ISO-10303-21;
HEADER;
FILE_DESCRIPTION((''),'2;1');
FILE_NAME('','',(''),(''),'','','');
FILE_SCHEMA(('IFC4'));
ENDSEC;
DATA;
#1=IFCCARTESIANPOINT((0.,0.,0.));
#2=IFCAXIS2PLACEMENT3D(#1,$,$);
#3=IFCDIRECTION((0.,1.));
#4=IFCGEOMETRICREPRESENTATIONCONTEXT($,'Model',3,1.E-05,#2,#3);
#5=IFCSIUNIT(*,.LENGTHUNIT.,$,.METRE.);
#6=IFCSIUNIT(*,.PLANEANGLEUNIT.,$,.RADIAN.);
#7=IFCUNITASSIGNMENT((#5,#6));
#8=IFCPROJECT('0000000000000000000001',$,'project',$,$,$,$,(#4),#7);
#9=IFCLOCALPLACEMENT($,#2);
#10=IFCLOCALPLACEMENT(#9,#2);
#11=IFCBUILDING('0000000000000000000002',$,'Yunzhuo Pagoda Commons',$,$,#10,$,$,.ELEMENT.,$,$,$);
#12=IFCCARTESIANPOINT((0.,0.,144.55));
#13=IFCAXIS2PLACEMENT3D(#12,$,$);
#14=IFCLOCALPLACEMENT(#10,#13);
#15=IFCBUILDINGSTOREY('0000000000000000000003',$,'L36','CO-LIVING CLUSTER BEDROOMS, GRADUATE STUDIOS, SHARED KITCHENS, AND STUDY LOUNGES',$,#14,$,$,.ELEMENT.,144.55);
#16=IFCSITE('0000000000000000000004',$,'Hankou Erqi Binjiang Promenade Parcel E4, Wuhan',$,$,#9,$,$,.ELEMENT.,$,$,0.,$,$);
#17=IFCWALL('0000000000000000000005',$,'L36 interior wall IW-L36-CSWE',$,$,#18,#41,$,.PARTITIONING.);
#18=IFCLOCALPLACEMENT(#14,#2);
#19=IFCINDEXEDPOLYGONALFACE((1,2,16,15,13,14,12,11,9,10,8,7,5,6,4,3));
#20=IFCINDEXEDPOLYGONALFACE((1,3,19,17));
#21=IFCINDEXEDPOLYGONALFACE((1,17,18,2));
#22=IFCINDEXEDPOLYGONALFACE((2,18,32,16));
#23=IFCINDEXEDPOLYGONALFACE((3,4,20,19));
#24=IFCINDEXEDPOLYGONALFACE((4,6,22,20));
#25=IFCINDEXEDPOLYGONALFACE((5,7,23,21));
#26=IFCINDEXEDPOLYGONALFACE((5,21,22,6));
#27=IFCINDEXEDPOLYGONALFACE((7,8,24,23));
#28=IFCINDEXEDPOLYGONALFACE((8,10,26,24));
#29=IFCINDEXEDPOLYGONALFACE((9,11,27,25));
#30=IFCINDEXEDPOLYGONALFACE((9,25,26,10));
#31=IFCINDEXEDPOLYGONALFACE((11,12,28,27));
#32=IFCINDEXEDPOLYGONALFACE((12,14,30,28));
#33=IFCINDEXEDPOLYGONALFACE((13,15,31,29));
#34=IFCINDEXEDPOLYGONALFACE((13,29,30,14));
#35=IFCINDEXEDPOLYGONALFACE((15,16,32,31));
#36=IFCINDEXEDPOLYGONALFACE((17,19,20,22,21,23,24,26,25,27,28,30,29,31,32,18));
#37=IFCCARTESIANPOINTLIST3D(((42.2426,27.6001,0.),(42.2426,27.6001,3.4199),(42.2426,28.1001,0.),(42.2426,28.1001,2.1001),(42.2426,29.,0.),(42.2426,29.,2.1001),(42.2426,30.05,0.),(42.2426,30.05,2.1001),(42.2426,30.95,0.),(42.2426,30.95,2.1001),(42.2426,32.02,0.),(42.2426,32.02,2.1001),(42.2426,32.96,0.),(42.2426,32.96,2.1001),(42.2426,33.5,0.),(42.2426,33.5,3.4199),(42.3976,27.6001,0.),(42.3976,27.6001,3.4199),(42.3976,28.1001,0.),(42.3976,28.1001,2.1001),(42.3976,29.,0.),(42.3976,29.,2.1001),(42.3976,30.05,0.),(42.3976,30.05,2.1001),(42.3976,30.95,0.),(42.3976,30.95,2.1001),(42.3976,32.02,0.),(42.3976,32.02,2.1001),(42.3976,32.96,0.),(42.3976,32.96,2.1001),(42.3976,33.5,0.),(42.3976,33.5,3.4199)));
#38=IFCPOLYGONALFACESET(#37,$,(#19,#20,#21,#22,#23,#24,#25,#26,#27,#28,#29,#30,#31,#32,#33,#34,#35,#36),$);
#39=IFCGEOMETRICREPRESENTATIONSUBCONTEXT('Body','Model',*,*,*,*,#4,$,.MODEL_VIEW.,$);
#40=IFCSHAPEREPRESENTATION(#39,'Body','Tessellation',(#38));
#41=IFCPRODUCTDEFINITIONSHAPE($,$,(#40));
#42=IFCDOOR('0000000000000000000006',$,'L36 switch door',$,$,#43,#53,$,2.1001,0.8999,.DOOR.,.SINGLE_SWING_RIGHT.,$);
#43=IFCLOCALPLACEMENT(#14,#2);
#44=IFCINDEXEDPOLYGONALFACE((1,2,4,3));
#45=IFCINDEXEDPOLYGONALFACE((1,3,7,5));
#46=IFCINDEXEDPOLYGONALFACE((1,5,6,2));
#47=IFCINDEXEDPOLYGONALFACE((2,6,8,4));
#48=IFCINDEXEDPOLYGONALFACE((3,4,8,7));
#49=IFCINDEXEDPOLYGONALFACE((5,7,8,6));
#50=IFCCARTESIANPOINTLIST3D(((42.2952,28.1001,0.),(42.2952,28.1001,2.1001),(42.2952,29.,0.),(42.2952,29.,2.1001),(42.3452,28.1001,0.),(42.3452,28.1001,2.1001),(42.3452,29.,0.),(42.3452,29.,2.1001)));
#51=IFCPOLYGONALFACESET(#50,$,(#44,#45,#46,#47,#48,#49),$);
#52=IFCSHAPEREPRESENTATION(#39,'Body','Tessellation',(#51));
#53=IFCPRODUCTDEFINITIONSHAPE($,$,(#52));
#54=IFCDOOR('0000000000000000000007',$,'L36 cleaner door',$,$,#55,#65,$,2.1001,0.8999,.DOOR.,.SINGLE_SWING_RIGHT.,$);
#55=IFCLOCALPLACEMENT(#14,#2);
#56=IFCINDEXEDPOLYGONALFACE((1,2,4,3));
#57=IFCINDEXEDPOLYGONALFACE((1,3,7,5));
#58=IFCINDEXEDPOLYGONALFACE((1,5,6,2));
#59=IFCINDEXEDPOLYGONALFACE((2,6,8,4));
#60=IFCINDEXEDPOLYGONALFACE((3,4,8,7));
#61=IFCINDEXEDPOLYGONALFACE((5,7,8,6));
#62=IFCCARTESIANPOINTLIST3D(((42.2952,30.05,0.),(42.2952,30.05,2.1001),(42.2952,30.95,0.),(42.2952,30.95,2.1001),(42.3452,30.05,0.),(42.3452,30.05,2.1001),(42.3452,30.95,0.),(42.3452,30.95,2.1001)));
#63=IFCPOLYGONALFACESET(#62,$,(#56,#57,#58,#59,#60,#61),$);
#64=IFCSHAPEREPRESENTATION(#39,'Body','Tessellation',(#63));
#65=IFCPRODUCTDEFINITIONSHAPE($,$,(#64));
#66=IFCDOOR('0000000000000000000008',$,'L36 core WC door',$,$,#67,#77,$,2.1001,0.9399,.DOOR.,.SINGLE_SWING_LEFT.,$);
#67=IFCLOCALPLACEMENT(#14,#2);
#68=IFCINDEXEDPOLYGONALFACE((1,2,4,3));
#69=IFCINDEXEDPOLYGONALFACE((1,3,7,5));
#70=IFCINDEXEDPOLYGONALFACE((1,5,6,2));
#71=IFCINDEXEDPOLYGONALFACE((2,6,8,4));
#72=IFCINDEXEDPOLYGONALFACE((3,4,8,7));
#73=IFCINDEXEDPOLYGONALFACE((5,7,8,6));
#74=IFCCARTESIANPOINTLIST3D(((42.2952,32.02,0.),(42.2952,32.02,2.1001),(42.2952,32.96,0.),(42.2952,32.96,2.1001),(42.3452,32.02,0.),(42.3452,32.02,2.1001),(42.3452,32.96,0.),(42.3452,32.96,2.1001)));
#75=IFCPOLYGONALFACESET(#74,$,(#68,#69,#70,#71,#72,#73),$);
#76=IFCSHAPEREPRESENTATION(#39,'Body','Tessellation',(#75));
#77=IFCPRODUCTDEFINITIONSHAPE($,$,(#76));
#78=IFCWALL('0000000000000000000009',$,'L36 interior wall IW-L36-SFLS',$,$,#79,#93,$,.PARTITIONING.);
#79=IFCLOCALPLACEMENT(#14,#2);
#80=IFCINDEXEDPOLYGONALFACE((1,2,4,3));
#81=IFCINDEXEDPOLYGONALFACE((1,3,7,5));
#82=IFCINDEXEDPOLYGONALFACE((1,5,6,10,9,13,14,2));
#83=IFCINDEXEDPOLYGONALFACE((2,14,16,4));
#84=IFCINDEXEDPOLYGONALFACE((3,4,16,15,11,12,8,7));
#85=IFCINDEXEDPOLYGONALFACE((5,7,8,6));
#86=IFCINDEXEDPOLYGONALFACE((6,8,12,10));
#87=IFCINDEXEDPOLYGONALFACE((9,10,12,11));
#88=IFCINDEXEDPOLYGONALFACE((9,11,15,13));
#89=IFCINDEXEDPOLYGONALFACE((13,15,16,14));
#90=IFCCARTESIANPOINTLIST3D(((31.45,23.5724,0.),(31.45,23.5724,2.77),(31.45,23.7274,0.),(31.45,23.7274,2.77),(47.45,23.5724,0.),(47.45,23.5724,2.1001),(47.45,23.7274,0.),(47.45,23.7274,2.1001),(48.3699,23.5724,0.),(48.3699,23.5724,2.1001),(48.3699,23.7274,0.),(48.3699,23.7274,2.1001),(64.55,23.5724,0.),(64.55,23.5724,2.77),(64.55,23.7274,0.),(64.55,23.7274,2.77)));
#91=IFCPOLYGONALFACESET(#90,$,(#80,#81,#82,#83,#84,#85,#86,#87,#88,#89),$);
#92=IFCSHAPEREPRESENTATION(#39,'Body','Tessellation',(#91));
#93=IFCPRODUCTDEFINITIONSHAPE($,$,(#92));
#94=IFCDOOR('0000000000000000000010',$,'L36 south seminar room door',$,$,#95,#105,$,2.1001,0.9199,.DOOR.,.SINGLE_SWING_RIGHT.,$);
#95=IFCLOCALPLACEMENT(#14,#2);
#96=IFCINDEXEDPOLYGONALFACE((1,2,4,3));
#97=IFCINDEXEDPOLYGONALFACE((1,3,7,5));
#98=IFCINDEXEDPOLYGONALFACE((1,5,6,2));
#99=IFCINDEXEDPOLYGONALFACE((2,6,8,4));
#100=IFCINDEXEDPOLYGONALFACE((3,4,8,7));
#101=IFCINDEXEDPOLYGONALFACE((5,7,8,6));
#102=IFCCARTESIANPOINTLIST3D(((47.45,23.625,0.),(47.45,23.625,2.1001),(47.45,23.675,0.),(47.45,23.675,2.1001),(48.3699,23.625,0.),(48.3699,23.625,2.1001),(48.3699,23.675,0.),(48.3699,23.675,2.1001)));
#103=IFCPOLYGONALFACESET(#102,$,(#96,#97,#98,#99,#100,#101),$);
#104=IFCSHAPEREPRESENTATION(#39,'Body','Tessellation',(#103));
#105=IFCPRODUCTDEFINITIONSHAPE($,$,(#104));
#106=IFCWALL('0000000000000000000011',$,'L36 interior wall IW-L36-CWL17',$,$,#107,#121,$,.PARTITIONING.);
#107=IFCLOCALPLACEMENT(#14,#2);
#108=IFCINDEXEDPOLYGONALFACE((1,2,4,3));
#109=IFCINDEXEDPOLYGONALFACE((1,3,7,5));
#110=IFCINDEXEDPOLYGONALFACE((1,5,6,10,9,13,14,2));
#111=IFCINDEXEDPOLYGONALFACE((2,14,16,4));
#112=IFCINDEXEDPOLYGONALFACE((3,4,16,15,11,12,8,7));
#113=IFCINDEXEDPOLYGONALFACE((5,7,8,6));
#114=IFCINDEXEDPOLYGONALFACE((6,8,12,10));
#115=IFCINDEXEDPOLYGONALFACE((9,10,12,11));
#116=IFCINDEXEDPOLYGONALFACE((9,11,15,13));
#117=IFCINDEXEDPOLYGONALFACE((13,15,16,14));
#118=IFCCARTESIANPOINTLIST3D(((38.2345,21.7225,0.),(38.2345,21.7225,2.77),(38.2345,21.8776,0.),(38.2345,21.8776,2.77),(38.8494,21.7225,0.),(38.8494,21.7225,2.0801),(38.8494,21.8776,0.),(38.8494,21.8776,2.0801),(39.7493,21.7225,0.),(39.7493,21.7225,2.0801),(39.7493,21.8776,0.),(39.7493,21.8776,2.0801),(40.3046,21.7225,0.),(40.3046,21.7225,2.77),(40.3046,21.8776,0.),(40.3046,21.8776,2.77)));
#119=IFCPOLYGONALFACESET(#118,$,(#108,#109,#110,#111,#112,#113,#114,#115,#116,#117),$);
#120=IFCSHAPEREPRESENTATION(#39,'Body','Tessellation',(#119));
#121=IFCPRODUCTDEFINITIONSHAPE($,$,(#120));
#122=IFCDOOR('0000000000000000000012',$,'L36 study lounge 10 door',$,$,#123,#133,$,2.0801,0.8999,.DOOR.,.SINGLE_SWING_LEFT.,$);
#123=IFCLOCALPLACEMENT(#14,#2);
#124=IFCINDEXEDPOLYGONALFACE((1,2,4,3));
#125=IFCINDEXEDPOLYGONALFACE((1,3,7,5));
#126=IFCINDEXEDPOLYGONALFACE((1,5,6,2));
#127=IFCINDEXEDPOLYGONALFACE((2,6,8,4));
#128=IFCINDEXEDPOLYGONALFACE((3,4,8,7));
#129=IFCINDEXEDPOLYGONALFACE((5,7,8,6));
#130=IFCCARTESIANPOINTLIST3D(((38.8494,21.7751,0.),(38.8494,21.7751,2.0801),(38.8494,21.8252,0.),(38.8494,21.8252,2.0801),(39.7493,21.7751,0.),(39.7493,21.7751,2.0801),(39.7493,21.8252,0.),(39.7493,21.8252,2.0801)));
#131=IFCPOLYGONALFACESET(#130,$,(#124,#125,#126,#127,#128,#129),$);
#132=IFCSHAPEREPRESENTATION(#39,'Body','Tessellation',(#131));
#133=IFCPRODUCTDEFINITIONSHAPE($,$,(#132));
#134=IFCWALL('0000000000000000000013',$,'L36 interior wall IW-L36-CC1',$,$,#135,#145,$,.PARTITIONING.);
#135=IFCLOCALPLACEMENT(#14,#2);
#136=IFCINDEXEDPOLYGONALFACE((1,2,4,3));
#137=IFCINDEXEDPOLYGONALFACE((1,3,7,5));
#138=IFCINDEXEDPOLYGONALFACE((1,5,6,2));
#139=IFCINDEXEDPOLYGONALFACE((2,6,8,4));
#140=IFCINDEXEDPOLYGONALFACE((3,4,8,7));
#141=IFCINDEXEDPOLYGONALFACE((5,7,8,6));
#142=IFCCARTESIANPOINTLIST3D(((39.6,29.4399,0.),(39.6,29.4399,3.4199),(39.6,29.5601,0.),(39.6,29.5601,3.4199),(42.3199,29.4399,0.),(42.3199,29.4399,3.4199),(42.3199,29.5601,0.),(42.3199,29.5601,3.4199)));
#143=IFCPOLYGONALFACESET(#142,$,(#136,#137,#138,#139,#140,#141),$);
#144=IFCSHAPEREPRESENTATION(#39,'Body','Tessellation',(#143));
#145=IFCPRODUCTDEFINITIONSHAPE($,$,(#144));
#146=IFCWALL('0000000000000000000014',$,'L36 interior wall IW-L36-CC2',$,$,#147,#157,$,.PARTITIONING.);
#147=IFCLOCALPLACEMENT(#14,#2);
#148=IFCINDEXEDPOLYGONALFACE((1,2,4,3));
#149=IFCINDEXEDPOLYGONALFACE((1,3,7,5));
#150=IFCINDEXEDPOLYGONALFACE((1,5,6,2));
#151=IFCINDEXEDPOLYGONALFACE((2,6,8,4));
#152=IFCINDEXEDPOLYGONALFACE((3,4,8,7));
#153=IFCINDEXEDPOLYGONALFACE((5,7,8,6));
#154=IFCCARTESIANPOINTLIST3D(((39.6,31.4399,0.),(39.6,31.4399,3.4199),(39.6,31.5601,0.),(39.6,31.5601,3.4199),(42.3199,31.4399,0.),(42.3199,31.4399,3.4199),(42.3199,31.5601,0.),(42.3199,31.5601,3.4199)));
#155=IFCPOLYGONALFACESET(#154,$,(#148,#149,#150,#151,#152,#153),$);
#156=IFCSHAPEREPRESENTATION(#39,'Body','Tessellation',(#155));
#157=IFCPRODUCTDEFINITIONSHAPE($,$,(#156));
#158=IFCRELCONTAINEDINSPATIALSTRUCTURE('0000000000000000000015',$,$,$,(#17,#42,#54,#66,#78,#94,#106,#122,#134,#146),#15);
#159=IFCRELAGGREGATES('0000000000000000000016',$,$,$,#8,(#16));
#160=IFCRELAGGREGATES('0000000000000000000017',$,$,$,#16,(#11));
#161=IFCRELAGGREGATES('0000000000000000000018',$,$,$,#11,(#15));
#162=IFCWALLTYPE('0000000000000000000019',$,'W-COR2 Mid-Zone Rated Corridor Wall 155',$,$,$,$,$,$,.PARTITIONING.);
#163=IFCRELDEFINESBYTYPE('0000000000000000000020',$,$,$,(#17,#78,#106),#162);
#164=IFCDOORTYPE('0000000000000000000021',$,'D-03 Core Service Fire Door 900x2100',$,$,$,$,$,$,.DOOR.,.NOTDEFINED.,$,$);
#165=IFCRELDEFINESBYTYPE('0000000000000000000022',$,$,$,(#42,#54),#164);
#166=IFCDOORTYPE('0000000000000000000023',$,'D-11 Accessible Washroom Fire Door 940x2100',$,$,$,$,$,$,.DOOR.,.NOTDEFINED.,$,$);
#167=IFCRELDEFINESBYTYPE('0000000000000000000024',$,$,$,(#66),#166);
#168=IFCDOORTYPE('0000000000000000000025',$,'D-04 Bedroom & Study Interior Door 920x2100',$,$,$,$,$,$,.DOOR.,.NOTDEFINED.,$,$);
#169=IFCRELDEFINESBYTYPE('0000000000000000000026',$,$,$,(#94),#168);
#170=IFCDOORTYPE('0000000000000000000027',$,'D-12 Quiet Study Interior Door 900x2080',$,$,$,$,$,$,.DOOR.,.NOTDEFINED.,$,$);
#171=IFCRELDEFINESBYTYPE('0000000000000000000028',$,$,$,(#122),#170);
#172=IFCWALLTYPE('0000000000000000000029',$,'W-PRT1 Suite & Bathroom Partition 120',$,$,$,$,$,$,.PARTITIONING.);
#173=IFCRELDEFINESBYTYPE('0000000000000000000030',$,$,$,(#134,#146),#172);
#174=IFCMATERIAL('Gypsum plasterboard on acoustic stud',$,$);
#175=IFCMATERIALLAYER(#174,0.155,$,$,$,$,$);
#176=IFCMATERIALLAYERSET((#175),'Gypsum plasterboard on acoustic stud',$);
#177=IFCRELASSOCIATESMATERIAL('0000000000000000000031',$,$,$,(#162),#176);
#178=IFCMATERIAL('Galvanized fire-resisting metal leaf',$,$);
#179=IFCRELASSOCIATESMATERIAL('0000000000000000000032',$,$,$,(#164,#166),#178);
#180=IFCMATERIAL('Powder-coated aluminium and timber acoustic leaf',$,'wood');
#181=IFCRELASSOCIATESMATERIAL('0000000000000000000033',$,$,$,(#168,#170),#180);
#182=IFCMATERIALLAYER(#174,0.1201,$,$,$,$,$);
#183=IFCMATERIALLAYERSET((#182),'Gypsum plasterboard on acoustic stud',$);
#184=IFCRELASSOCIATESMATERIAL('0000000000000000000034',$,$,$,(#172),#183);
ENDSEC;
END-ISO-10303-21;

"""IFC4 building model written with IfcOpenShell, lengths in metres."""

from ifc_helpers import new_model, si_unit, direction, frame, frame_2d, origin, origin_with_axes, place, context, subcontext, project, spatial, rectangle, extrude, source, transform, mapped, material, layer, layer_set, type_object, element, fill, save


model = new_model("IFC4")

# Units and contexts
model_context = context("Model", 3, precision=1e-05, world=origin(), true_north=direction((0.0, 1.0)))
body_context = subcontext(model_context, "Body", "Model", "MODEL_VIEW")
ifc_project = project(units=[si_unit("LENGTHUNIT", "METRE"), si_unit("PLANEANGLEUNIT", "RADIAN")], contexts=[model_context])

# Site, building, storey
site_placement = place(None, origin())
site = spatial("IfcSite", under=ifc_project, at=site_placement, Name="Hankou Erqi Binjiang Promenade Parcel E4, Wuhan", CompositionType="ELEMENT", RefElevation=0.0)
building_placement = place(site_placement, origin())
building = spatial("IfcBuilding", under=site, at=building_placement, Name="Yunzhuo Pagoda Commons", CompositionType="ELEMENT")
storey_placement = place(building_placement, frame((0.0, 0.0, 144.55)))
storey = spatial("IfcBuildingStorey", under=building, at=storey_placement, Name="L36", Description="CO-LIVING CLUSTER BEDROOMS, GRADUATE STUDIOS, SHARED KITCHENS, AND STUDY LOUNGES", CompositionType="ELEMENT", Elevation=144.55)

# Wall, openings, doors
ifc_material_1 = material(Name="Gypsum plasterboard on acoustic stud")
ifc_layer_1 = layer(ifc_material_1, 0.155)
ifc_layer_set_1 = layer_set([ifc_layer_1], Name="Gypsum plasterboard on acoustic stud")
wall_type_1 = type_object("IfcWallType", Name="W-COR2 Mid-Zone Rated Corridor Wall 155", PredefinedType="PARTITIONING", material=ifc_layer_set_1)
wall_1_placement = place(storey_placement, frame((42.3201, 27.6001, 0.0), z_axis=(0.0, 0.0, 1.0), x_axis=(0.0, 1.0, 0.0)))
wall_1 = element("IfcWall", 1, at=wall_1_placement, inside=storey, type_object=wall_type_1, Name="L36 interior wall IW-L36-CSWE", PredefinedType="PARTITIONING", context=body_context, shape_type="SweptSolid", body=[
    extrude(rectangle(XDim=5.8999, YDim=0.155, at=frame_2d((2.95, 0.0))), origin(), (0.0, 0.0, 1.0), 3.4199),
])
opening_1_placement = place(wall_1_placement, frame((0.5, 0.0, 0.0)))
opening_1 = element("IfcOpeningElement", 2, at=opening_1_placement, cuts=wall_1, PredefinedType="OPENING", context=body_context, shape_type="SweptSolid", body=[
    extrude(rectangle(XDim=0.8999, YDim=2.1001, at=frame_2d((0.45, 1.05))), frame((0.0, 0.0874, 0.0), z_axis=(0.0, -1.0, 0.0), x_axis=(1.0, 0.0, 0.0)), (0.0, 0.0, 1.0), 0.175),
])
opening_2_placement = place(wall_1_placement, frame((2.45, 0.0, 0.0)))
opening_2 = element("IfcOpeningElement", 3, at=opening_2_placement, cuts=wall_1, PredefinedType="OPENING", context=body_context, shape_type="SweptSolid", body=[
    extrude(rectangle(XDim=0.8999, YDim=2.1001, at=frame_2d((0.45, 1.05))), frame((0.0, 0.0874, 0.0), z_axis=(0.0, -1.0, 0.0), x_axis=(1.0, 0.0, 0.0)), (0.0, 0.0, 1.0), 0.175),
])
opening_3_placement = place(wall_1_placement, frame((4.4199, 0.0, 0.0)))
opening_3 = element("IfcOpeningElement", 4, at=opening_3_placement, cuts=wall_1, PredefinedType="OPENING", context=body_context, shape_type="SweptSolid", body=[
    extrude(rectangle(XDim=0.9399, YDim=2.1001, at=frame_2d((0.47, 1.05))), frame((0.0, 0.0874, 0.0), z_axis=(0.0, -1.0, 0.0), x_axis=(1.0, 0.0, 0.0)), (0.0, 0.0, 1.0), 0.175),
])
ifc_material_2 = material(Name="Galvanized fire-resisting metal leaf")
door_type_1 = type_object("IfcDoorType", Name="D-03 Core Service Fire Door 900x2100", OperationType="NOTDEFINED", PredefinedType="DOOR", material=ifc_material_2)
shared_shape_1 = source(origin(), body_context, "Body", "SweptSolid", [
    extrude(rectangle(XDim=0.8999, YDim=2.1001, at=frame_2d((0.45, 1.05))), frame((0.0, 0.0249, 0.0), z_axis=(0.0, -1.0, 0.0), x_axis=(1.0, 0.0, 0.0)), (0.0, 0.0, 1.0), 0.05),
])
door_1_placement = place(opening_1_placement, origin_with_axes())
door_1 = element("IfcDoor", 5, at=door_1_placement, inside=storey, type_object=door_type_1, Name="L36 switch door", OperationType="SINGLE_SWING_RIGHT", OverallHeight=2.1001, OverallWidth=0.8999, PredefinedType="DOOR", context=body_context, shape_type="MappedRepresentation", body=[
    mapped(shared_shape_1, transform((0.0, 0.0, 0.0), scale=1.0)),
])
fill(opening_1, door_1)
door_2_placement = place(opening_2_placement, origin_with_axes())
door_2 = element("IfcDoor", 6, at=door_2_placement, inside=storey, type_object=door_type_1, Name="L36 cleaner door", OperationType="SINGLE_SWING_RIGHT", OverallHeight=2.1001, OverallWidth=0.8999, PredefinedType="DOOR", context=body_context, shape_type="MappedRepresentation", body=[
    mapped(shared_shape_1, transform((0.0, 0.0, 0.0), scale=1.0)),
])
fill(opening_2, door_2)
door_type_2 = type_object("IfcDoorType", Name="D-11 Accessible Washroom Fire Door 940x2100", OperationType="NOTDEFINED", PredefinedType="DOOR", material=ifc_material_2)
shared_shape_2 = source(origin(), body_context, "Body", "SweptSolid", [
    extrude(rectangle(XDim=0.9399, YDim=2.1001, at=frame_2d((0.47, 1.05))), frame((0.0, 0.0249, 0.0), z_axis=(0.0, -1.0, 0.0), x_axis=(1.0, 0.0, 0.0)), (0.0, 0.0, 1.0), 0.05),
])
door_3_placement = place(opening_3_placement, origin_with_axes())
door_3 = element("IfcDoor", 7, at=door_3_placement, inside=storey, type_object=door_type_2, Name="L36 core WC door", OperationType="SINGLE_SWING_LEFT", OverallHeight=2.1001, OverallWidth=0.9399, PredefinedType="DOOR", context=body_context, shape_type="MappedRepresentation", body=[
    mapped(shared_shape_2, transform((0.0, 0.0, 0.0), scale=1.0)),
])
fill(opening_3, door_3)

# Walls, openings, doors
wall_2_placement = place(storey_placement, frame((31.45, 23.6499, 0.0), z_axis=(0.0, 0.0, 1.0), x_axis=(1.0, 0.0, 0.0)))
wall_2 = element("IfcWall", 8, at=wall_2_placement, inside=storey, type_object=wall_type_1, Name="L36 interior wall IW-L36-SFLS", PredefinedType="PARTITIONING", context=body_context, shape_type="SweptSolid", body=[
    extrude(rectangle(XDim=33.1001, YDim=0.155, at=frame_2d((16.55, 0.0))), origin(), (0.0, 0.0, 1.0), 2.77),
])
opening_4_placement = place(wall_2_placement, frame((16.0, 0.0, 0.0)))
opening_4 = element("IfcOpeningElement", 9, at=opening_4_placement, cuts=wall_2, PredefinedType="OPENING", context=body_context, shape_type="SweptSolid", body=[
    extrude(rectangle(XDim=0.9199, YDim=2.1001, at=frame_2d((0.46, 1.05))), frame((0.0, 0.0874, 0.0), z_axis=(0.0, -1.0, 0.0), x_axis=(1.0, 0.0, 0.0)), (0.0, 0.0, 1.0), 0.175),
])
ifc_material_3 = material(Name="Powder-coated aluminium and timber acoustic leaf", Category="wood")
door_type_3 = type_object("IfcDoorType", Name="D-04 Bedroom & Study Interior Door 920x2100", OperationType="NOTDEFINED", PredefinedType="DOOR", material=ifc_material_3)
shared_shape_3 = source(origin(), body_context, "Body", "SweptSolid", [
    extrude(rectangle(XDim=0.9199, YDim=2.1001, at=frame_2d((0.46, 1.05))), frame((0.0, 0.0249, 0.0), z_axis=(0.0, -1.0, 0.0), x_axis=(1.0, 0.0, 0.0)), (0.0, 0.0, 1.0), 0.05),
])
door_4_placement = place(opening_4_placement, frame((0.9199, 0.0, 0.0), z_axis=(0.0, 0.0, 1.0), x_axis=(-1.0, 0.0, 0.0)))
door_4 = element("IfcDoor", 10, at=door_4_placement, inside=storey, type_object=door_type_3, Name="L36 south seminar room door", OperationType="SINGLE_SWING_RIGHT", OverallHeight=2.1001, OverallWidth=0.9199, PredefinedType="DOOR", context=body_context, shape_type="MappedRepresentation", body=[
    mapped(shared_shape_3, transform((0.0, 0.0, 0.0), scale=1.0)),
])
fill(opening_4, door_4)
wall_3_placement = place(storey_placement, frame((40.3047, 21.8, 0.0), z_axis=(0.0, 0.0, 1.0), x_axis=(-1.0, 0.0, 0.0)))
wall_3 = element("IfcWall", 11, at=wall_3_placement, inside=storey, type_object=wall_type_1, Name="L36 interior wall IW-L36-CWL17", PredefinedType="PARTITIONING", context=body_context, shape_type="SweptSolid", body=[
    extrude(rectangle(XDim=2.0701, YDim=0.155, at=frame_2d((1.0352, 0.0))), origin(), (0.0, 0.0, 1.0), 2.77),
])
opening_5_placement = place(wall_3_placement, frame((0.5554, 0.0, 0.0)))
opening_5 = element("IfcOpeningElement", 12, at=opening_5_placement, cuts=wall_3, PredefinedType="OPENING", context=body_context, shape_type="SweptSolid", body=[
    extrude(rectangle(XDim=0.8999, YDim=2.0801, at=frame_2d((0.45, 1.04))), frame((0.0, 0.0874, 0.0), z_axis=(0.0, -1.0, 0.0), x_axis=(1.0, 0.0, 0.0)), (0.0, 0.0, 1.0), 0.175),
])
door_type_4 = type_object("IfcDoorType", Name="D-12 Quiet Study Interior Door 900x2080", OperationType="NOTDEFINED", PredefinedType="DOOR", material=ifc_material_3)
shared_shape_4 = source(origin(), body_context, "Body", "SweptSolid", [
    extrude(rectangle(XDim=0.8999, YDim=2.0801, at=frame_2d((0.45, 1.04))), frame((0.0, 0.0249, 0.0), z_axis=(0.0, -1.0, 0.0), x_axis=(1.0, 0.0, 0.0)), (0.0, 0.0, 1.0), 0.05),
])
door_5_placement = place(opening_5_placement, origin_with_axes())
door_5 = element("IfcDoor", 13, at=door_5_placement, inside=storey, type_object=door_type_4, Name="L36 study lounge 10 door", OperationType="SINGLE_SWING_LEFT", OverallHeight=2.0801, OverallWidth=0.8999, PredefinedType="DOOR", context=body_context, shape_type="MappedRepresentation", body=[
    mapped(shared_shape_4, transform((0.0, 0.0, 0.0), scale=1.0)),
])
fill(opening_5, door_5)

# Walls
ifc_layer_2 = layer(ifc_material_1, 0.1201)
ifc_layer_set_2 = layer_set([ifc_layer_2], Name="Gypsum plasterboard on acoustic stud")
wall_type_2 = type_object("IfcWallType", Name="W-PRT1 Suite & Bathroom Partition 120", PredefinedType="PARTITIONING", material=ifc_layer_set_2)
for number, where, z_axis, x_axis, name in (
    (14, (39.6001, 29.5, 0.0), (0.0, 0.0, 1.0), (1.0, 0.0, 0.0), "L36 interior wall IW-L36-CC1"),
    (15, (39.6001, 31.5, 0.0), (0.0, 0.0, 1.0), (1.0, 0.0, 0.0), "L36 interior wall IW-L36-CC2"),
):
    element("IfcWall", number, at=place(storey_placement, frame(where, z_axis=z_axis, x_axis=x_axis)), inside=storey, type_object=wall_type_2, Name=name, PredefinedType="PARTITIONING", context=body_context, shape_type="SweptSolid", body=[
        extrude(rectangle(XDim=2.72, YDim=0.1201, at=frame_2d((1.3599, 0.0))), origin(), (0.0, 0.0, 1.0), 3.4199),
    ])

save(model, "model.ifc")
